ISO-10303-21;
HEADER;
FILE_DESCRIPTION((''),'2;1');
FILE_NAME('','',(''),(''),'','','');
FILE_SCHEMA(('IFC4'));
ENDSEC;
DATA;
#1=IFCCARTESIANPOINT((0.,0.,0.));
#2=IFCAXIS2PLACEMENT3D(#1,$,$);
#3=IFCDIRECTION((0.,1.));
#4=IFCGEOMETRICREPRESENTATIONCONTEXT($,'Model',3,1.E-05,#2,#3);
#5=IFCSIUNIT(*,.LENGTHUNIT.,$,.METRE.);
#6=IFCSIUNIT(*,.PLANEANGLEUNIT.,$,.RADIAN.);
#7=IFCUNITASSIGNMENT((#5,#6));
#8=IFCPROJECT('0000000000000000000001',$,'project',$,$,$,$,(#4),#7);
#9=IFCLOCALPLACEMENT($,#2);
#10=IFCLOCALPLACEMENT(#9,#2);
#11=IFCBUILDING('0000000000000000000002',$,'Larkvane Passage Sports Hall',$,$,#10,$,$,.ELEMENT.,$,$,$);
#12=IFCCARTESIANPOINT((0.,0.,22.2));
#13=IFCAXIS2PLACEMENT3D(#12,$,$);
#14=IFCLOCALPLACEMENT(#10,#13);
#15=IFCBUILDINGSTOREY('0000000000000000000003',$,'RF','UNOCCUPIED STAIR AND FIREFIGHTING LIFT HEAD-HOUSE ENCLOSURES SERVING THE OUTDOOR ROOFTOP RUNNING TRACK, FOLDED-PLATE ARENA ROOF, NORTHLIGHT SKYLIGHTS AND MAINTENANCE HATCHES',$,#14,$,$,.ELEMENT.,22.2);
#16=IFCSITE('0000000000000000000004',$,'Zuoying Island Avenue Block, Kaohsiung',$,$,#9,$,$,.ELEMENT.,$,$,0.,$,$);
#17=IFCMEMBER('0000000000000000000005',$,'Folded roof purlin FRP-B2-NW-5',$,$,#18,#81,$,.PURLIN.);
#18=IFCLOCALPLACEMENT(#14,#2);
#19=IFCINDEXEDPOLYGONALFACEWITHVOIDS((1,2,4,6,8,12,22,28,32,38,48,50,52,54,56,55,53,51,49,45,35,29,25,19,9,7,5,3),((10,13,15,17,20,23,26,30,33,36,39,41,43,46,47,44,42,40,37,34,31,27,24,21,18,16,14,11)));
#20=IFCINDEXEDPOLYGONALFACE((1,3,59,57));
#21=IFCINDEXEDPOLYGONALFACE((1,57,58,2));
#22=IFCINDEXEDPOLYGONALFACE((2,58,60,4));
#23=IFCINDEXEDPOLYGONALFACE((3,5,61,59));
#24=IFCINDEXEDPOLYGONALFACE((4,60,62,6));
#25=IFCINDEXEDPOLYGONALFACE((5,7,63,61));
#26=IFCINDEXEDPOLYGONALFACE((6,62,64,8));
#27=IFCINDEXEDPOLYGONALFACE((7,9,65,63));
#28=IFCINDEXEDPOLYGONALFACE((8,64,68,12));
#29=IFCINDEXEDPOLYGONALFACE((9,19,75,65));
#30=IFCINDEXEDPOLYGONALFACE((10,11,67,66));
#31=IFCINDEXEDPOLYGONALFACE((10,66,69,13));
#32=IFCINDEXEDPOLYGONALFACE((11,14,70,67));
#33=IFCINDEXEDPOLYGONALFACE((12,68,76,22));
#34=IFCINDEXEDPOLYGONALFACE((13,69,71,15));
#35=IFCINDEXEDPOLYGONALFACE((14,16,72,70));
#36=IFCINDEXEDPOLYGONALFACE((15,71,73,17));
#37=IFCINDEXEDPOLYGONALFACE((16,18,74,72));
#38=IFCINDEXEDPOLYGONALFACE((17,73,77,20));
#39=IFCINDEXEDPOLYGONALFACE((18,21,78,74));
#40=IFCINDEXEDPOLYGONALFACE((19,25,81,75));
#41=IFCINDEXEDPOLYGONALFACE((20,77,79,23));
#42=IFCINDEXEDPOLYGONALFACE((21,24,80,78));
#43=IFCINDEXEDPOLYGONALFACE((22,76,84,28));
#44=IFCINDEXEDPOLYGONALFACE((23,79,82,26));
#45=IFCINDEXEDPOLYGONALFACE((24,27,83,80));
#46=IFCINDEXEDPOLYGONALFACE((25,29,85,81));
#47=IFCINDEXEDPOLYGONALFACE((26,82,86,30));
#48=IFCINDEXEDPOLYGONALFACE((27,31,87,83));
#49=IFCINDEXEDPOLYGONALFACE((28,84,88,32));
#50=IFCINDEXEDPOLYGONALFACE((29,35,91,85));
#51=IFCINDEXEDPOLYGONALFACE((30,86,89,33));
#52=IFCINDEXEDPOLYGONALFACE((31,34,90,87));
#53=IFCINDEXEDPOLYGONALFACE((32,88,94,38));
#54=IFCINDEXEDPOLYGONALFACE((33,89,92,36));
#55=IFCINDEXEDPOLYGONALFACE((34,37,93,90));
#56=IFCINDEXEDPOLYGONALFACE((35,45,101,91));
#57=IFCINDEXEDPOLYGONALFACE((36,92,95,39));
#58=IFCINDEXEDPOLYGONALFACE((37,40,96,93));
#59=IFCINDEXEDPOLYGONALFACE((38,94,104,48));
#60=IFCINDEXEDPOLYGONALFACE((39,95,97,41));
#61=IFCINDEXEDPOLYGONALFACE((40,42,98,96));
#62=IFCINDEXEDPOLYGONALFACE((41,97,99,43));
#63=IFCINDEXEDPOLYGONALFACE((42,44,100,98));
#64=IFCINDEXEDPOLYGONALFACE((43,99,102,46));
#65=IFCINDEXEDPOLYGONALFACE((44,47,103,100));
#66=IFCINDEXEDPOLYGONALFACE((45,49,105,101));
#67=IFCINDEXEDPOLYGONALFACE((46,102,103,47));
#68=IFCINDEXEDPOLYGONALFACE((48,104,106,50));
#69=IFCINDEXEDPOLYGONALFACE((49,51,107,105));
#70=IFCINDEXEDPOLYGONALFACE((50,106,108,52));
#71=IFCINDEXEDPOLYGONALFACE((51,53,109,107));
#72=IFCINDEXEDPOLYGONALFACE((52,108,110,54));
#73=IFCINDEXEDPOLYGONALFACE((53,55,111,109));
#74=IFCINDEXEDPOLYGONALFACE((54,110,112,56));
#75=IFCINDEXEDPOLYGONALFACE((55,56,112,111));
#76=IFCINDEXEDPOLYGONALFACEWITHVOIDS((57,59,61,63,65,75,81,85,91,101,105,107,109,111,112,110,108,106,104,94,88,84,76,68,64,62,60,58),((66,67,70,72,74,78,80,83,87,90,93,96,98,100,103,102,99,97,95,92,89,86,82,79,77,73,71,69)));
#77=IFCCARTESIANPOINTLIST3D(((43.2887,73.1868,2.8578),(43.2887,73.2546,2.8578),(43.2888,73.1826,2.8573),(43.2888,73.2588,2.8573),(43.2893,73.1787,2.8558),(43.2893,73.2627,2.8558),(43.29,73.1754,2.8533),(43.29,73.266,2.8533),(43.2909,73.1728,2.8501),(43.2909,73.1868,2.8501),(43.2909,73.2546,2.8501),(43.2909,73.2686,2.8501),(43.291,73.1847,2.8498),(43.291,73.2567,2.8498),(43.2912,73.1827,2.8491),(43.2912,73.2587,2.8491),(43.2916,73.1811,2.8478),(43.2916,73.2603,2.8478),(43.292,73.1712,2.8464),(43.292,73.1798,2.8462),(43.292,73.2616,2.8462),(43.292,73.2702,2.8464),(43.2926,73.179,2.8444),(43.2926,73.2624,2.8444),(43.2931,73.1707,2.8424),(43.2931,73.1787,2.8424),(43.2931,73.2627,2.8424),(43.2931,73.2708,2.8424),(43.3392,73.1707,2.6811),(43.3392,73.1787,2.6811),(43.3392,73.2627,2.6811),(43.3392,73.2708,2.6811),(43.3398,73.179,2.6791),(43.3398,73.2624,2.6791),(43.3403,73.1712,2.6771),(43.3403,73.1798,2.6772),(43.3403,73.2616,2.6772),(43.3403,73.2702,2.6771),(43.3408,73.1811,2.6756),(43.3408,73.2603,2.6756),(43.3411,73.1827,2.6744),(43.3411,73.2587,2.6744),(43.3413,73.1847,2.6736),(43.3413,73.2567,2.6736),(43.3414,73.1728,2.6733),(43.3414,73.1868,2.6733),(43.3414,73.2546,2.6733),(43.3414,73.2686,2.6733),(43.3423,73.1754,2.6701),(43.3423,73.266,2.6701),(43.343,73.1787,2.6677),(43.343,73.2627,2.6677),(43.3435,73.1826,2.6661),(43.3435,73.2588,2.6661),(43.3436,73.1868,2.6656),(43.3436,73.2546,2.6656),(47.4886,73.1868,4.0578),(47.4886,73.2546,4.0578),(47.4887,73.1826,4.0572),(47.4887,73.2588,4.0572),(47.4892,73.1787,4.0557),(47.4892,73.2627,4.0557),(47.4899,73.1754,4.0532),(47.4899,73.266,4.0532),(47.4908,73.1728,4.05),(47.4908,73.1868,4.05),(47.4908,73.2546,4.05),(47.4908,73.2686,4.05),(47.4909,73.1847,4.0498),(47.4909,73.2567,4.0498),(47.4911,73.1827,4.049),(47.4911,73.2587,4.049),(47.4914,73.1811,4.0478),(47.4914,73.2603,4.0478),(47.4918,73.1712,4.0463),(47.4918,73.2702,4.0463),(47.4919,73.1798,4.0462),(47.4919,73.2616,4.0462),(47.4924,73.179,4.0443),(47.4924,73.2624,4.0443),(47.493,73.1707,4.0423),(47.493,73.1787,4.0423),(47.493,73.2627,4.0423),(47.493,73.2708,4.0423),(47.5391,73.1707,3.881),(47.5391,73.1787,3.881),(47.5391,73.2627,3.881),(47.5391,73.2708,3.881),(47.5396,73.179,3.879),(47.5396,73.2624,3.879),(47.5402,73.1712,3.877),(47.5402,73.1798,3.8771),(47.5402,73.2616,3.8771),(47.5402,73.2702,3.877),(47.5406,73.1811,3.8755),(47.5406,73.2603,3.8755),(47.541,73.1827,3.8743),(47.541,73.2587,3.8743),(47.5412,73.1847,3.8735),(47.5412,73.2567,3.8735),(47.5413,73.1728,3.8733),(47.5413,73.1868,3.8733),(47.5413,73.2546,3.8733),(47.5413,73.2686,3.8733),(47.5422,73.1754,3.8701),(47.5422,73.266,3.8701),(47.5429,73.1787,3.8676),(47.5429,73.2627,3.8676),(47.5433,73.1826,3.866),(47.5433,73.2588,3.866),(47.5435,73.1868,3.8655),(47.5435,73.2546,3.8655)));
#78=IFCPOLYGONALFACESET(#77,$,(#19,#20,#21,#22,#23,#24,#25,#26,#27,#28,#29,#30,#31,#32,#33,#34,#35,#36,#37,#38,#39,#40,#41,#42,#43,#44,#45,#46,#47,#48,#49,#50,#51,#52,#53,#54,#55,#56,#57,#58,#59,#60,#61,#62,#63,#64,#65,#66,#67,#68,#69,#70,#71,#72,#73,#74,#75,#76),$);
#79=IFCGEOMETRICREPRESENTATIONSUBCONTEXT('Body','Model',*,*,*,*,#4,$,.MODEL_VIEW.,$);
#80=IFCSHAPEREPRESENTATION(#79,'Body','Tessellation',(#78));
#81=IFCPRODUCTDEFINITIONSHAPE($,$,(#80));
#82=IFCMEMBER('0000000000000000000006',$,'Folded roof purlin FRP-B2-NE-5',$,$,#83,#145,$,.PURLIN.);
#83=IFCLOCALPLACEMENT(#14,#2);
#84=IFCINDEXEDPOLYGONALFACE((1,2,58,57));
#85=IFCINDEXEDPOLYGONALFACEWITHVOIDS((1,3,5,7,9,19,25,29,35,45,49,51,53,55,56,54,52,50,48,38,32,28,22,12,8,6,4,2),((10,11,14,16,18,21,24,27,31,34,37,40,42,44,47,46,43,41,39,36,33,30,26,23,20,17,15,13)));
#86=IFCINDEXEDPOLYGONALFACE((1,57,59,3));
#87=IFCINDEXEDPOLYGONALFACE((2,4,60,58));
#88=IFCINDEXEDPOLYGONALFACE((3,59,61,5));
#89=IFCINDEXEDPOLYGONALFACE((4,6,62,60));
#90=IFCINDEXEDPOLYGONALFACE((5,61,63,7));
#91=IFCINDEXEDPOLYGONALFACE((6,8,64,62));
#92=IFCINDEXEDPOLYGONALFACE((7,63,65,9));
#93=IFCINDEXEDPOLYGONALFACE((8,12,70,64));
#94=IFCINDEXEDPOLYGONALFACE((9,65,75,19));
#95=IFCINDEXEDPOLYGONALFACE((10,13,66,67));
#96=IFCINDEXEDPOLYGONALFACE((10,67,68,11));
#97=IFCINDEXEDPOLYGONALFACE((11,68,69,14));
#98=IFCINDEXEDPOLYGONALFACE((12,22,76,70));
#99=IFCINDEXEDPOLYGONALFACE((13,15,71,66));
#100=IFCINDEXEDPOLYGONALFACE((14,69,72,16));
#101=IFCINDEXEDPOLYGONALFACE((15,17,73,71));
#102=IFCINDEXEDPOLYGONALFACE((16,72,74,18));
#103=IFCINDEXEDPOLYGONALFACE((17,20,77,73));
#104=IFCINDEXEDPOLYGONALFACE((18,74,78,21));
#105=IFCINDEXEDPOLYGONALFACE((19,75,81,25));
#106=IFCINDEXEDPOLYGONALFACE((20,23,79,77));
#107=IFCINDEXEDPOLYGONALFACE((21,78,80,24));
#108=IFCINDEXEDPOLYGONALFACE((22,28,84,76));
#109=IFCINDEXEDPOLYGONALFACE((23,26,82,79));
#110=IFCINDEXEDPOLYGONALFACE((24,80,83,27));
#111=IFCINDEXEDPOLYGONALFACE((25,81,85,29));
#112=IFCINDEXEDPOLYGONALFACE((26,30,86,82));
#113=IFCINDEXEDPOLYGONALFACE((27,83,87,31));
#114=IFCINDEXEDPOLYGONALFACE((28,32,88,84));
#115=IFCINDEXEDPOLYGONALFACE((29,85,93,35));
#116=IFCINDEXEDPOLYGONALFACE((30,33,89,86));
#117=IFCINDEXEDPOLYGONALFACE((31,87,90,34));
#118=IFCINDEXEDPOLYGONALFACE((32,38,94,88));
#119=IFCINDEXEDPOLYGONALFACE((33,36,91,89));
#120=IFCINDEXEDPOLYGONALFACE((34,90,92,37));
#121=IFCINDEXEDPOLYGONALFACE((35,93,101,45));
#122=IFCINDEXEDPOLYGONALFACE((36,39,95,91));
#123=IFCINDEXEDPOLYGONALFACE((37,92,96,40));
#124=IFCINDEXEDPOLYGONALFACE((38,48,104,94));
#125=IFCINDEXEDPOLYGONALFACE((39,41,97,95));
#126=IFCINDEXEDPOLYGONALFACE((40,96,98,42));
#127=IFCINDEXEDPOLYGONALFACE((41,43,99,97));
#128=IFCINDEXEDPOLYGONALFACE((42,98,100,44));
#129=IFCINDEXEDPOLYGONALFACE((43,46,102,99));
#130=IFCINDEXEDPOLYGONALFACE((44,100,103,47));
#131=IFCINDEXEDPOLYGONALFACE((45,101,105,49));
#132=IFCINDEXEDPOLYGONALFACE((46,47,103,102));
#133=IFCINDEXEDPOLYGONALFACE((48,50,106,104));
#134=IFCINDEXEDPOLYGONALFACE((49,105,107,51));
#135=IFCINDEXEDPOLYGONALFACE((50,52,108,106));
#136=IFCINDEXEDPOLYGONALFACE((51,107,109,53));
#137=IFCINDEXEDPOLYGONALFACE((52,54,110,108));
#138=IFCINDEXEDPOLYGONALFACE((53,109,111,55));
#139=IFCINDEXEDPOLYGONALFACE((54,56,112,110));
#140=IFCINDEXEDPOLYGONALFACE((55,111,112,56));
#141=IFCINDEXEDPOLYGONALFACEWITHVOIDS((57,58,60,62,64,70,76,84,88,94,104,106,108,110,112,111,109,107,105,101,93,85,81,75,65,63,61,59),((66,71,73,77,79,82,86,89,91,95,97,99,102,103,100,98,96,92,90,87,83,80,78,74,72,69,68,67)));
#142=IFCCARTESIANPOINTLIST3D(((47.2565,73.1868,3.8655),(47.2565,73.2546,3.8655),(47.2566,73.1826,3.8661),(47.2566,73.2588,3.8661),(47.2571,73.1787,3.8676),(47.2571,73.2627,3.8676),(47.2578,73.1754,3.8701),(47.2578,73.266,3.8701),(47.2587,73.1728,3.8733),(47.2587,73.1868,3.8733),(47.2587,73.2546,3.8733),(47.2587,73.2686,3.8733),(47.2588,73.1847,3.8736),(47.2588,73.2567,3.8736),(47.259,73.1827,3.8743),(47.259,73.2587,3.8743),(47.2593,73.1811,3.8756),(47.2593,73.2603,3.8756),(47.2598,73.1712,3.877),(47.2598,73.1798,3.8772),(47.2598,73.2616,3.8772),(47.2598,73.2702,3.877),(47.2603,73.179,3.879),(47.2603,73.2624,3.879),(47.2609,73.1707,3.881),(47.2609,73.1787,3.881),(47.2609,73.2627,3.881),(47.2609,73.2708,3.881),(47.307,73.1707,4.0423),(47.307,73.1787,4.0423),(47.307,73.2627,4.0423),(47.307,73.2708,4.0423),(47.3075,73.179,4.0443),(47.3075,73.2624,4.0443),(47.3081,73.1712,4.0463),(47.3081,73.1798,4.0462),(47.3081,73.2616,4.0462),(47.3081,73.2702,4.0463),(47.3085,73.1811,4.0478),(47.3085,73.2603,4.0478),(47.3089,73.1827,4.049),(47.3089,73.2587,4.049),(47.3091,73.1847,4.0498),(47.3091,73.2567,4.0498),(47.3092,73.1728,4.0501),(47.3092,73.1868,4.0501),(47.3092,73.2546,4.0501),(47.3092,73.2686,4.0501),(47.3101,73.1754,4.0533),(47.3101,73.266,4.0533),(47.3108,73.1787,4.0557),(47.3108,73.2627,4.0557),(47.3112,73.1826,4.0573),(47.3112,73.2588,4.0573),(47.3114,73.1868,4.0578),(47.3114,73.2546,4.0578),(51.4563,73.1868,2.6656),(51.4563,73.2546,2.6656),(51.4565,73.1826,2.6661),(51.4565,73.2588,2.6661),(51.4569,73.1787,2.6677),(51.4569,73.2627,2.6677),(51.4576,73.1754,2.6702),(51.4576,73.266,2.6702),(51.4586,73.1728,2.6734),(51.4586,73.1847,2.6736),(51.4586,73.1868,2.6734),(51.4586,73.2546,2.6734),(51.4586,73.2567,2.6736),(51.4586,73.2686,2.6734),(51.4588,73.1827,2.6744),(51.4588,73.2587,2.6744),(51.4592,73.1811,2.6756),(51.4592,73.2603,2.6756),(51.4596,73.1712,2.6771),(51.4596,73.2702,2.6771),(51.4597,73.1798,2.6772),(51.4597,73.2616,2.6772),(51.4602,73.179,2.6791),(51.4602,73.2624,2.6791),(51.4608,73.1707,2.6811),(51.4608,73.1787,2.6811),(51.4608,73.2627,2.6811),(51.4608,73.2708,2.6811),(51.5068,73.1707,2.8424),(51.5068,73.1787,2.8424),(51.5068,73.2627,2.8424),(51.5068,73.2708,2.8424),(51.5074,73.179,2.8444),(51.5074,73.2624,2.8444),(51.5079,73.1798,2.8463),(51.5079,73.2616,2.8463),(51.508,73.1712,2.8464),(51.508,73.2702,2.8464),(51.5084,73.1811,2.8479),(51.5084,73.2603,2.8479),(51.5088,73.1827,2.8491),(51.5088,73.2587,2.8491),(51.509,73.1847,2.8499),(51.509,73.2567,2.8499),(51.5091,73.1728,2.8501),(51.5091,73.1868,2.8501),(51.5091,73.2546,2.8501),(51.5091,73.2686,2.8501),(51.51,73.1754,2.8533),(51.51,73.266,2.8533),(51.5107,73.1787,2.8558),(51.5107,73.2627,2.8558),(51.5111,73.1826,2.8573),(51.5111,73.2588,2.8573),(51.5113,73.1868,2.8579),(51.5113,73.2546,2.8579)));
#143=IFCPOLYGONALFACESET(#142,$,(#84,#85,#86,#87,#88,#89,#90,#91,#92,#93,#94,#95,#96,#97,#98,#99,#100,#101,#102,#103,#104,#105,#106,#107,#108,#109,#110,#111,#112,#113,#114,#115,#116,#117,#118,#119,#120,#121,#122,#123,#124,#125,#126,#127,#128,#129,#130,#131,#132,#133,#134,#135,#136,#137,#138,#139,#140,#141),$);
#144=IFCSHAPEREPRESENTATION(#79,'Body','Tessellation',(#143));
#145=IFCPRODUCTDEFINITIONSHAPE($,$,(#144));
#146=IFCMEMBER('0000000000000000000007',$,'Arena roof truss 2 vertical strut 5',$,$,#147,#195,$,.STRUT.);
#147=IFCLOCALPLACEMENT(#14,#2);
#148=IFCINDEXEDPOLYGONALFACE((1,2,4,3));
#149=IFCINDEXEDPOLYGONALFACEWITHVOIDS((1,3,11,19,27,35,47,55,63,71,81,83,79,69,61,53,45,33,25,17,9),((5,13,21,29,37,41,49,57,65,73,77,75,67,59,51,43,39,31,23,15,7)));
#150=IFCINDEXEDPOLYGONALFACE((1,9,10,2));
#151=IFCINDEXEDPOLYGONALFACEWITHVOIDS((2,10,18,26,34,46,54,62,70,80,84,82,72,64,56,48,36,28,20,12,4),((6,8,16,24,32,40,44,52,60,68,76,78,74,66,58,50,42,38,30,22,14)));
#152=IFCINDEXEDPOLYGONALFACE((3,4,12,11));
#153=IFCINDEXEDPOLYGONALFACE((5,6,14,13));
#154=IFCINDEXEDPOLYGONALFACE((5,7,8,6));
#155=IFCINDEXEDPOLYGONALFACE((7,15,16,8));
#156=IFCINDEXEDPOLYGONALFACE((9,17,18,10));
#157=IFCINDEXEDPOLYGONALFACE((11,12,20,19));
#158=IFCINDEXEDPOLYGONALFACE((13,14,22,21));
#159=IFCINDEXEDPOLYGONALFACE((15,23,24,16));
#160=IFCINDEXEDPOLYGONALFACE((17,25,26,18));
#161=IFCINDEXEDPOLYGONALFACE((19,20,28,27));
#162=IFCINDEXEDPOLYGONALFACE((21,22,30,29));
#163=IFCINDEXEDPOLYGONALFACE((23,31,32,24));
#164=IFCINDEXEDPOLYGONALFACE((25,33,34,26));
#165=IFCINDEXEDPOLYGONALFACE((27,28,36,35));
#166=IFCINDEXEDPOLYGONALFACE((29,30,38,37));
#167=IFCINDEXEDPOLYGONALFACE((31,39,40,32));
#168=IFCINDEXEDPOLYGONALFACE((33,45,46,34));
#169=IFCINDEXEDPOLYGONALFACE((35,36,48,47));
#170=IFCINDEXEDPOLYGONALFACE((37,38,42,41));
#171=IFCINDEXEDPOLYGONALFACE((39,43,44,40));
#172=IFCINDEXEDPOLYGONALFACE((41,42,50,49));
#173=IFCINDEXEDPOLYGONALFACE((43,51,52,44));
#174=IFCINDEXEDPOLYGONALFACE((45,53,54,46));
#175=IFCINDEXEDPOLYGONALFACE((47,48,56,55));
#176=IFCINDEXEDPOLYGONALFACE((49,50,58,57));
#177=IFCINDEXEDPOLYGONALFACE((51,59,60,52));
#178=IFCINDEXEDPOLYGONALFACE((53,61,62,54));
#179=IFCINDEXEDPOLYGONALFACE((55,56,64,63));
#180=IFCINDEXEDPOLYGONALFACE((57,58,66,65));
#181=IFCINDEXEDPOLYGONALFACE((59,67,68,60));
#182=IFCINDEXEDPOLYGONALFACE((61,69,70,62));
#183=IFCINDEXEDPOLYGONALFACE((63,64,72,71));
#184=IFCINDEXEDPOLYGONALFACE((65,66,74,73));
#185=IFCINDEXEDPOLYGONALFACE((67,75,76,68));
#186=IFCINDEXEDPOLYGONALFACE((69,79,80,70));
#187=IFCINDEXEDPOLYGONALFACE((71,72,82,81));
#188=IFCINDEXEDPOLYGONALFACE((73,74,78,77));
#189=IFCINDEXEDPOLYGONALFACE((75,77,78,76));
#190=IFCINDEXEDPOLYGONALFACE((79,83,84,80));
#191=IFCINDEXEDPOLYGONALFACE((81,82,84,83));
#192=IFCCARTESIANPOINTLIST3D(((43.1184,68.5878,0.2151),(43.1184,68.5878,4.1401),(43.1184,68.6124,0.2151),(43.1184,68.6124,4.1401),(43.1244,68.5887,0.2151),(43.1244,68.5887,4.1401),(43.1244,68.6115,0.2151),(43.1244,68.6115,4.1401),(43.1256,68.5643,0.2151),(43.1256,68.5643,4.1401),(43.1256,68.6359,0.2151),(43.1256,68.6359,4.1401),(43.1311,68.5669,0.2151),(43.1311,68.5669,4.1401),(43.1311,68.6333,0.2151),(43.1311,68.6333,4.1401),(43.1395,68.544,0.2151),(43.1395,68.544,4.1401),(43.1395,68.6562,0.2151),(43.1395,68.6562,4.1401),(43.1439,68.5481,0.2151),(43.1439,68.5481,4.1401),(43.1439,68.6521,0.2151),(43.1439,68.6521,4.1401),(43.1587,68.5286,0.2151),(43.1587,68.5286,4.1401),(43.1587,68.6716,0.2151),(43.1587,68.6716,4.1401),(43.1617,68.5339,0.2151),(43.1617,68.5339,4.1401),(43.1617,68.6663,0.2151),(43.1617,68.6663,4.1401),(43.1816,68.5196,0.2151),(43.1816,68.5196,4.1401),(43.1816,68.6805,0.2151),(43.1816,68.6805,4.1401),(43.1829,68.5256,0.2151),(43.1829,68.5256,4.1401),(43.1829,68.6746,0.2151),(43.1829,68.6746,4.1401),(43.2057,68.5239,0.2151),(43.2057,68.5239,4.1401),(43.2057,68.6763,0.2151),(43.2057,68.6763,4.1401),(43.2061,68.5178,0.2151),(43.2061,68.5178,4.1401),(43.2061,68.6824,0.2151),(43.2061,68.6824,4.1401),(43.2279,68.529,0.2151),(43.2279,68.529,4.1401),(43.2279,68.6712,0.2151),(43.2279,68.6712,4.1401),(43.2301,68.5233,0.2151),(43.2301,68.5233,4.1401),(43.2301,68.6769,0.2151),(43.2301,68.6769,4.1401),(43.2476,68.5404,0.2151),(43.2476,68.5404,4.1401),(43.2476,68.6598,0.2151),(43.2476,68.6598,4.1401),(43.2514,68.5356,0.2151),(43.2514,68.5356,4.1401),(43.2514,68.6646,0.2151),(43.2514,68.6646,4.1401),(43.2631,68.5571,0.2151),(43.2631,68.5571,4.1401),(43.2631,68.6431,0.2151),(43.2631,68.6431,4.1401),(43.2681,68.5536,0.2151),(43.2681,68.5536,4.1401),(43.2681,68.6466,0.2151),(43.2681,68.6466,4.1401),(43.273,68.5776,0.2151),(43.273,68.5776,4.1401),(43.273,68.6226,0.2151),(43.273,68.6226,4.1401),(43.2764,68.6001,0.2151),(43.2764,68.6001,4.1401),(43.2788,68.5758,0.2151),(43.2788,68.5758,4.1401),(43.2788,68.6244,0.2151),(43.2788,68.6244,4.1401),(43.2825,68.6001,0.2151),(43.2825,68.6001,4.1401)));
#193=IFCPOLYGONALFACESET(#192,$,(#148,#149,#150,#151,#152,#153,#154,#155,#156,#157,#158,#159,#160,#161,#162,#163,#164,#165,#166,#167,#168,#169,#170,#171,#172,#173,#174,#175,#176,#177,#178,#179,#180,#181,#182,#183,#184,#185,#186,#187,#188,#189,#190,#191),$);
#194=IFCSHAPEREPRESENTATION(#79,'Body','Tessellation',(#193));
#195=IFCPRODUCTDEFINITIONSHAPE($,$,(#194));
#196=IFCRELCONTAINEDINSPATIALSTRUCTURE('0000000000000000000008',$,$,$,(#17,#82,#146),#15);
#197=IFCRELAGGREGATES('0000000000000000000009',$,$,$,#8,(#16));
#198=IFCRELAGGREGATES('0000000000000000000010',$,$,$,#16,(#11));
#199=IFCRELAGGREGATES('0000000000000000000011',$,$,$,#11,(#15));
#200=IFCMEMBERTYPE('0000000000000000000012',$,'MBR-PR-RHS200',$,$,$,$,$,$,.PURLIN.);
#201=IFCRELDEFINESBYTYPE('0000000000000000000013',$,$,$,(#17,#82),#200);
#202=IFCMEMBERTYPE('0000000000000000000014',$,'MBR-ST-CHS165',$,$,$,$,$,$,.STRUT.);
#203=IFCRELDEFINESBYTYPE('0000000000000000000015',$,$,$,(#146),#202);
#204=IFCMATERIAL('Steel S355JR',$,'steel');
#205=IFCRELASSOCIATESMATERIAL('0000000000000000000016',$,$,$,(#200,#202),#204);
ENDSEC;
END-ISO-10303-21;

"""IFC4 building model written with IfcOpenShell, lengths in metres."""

from ifc_helpers import new_model, si_unit, direction, frame, origin, origin_2d, place, context, subcontext, project, spatial, hollow_rectangle, hollow_circle, extrude, material, material_profile, profile_set, type_object, element, save


model = new_model("IFC4")

# Units and contexts
model_context = context("Model", 3, precision=1e-05, world=origin(), true_north=direction((0.0, 1.0)))
body_context = subcontext(model_context, "Body", "Model", "MODEL_VIEW")
ifc_project = project(units=[si_unit("LENGTHUNIT", "METRE"), si_unit("PLANEANGLEUNIT", "RADIAN")], contexts=[model_context])

# Site, building, storey
site_placement = place(None, origin())
site = spatial("IfcSite", under=ifc_project, at=site_placement, Name="Zuoying Island Avenue Block, Kaohsiung", CompositionType="ELEMENT", RefElevation=0.0)
building_placement = place(site_placement, origin())
building = spatial("IfcBuilding", under=site, at=building_placement, Name="Larkvane Passage Sports Hall", CompositionType="ELEMENT")
storey_placement = place(building_placement, frame((0.0, 0.0, 22.2)))
storey = spatial("IfcBuildingStorey", under=building, at=storey_placement, Name="RF", Description="UNOCCUPIED STAIR AND FIREFIGHTING LIFT HEAD-HOUSE ENCLOSURES SERVING THE OUTDOOR ROOFTOP RUNNING TRACK, FOLDED-PLATE ARENA ROOF, NORTHLIGHT SKYLIGHTS AND MAINTENANCE HATCHES", CompositionType="ELEMENT", Elevation=22.2)

# Shared definitions
ifc_material_1 = material(Name="Steel S355JR", Category="steel")

# Members
ifc_material_profile_1 = material_profile(ifc_material_1, hollow_rectangle(XDim=0.1001, YDim=0.2, WallThickness=0.0081, InnerFilletRadius=0.0081, OuterFilletRadius=0.0161, at=origin_2d()), Name="RHS-200x100x8")
ifc_profile_set_1 = profile_set([ifc_material_profile_1], Name="Steel S355JR")
member_type_1 = type_object("IfcMemberType", Name="MBR-PR-RHS200", PredefinedType="PURLIN", material=ifc_profile_set_1)
for number, where, z_axis, x_axis, name in (
    (1, (43.3162, 73.2207, 2.7617), (0.961526, 0.0, 0.274714), (0.0, 1.0, 0.0), "Folded roof purlin FRP-B2-NW-5"),
    (2, (47.2839, 73.2207, 3.9617), (0.961526, 0.0, -0.274714), (0.0, 1.0, 0.0), "Folded roof purlin FRP-B2-NE-5"),
):
    element("IfcMember", number, at=place(storey_placement, frame(where, z_axis=z_axis, x_axis=x_axis)), inside=storey, type_object=member_type_1, Name=name, PredefinedType="PURLIN", context=body_context, shape_type="SweptSolid", body=[
        extrude(hollow_rectangle(XDim=0.1001, YDim=0.2, WallThickness=0.0081, InnerFilletRadius=0.0081, OuterFilletRadius=0.0161, at=origin_2d()), origin(), (0.0, 0.0, 1.0), 4.3679),
    ])
ifc_material_profile_2 = material_profile(ifc_material_1, hollow_circle(Radius=0.0825, WallThickness=0.0061, at=origin_2d()), Name="CHS-165.2x6.0")
ifc_profile_set_2 = profile_set([ifc_material_profile_2], Name="Steel S355JR")
member_type_2 = type_object("IfcMemberType", Name="MBR-ST-CHS165", PredefinedType="STRUT", material=ifc_profile_set_2)
member_1_placement = place(storey_placement, frame((43.2, 68.6001, 0.2151), z_axis=(0.0, 0.0, 1.0), x_axis=(1.0, 0.0, 0.0)))
element("IfcMember", 3, at=member_1_placement, inside=storey, type_object=member_type_2, Name="Arena roof truss 2 vertical strut 5", PredefinedType="STRUT", context=body_context, shape_type="SweptSolid", body=[
    extrude(hollow_circle(Radius=0.0825, WallThickness=0.0061, at=origin_2d()), origin(), (0.0, 0.0, 1.0), 3.925),
])

save(model, "model.ifc")
